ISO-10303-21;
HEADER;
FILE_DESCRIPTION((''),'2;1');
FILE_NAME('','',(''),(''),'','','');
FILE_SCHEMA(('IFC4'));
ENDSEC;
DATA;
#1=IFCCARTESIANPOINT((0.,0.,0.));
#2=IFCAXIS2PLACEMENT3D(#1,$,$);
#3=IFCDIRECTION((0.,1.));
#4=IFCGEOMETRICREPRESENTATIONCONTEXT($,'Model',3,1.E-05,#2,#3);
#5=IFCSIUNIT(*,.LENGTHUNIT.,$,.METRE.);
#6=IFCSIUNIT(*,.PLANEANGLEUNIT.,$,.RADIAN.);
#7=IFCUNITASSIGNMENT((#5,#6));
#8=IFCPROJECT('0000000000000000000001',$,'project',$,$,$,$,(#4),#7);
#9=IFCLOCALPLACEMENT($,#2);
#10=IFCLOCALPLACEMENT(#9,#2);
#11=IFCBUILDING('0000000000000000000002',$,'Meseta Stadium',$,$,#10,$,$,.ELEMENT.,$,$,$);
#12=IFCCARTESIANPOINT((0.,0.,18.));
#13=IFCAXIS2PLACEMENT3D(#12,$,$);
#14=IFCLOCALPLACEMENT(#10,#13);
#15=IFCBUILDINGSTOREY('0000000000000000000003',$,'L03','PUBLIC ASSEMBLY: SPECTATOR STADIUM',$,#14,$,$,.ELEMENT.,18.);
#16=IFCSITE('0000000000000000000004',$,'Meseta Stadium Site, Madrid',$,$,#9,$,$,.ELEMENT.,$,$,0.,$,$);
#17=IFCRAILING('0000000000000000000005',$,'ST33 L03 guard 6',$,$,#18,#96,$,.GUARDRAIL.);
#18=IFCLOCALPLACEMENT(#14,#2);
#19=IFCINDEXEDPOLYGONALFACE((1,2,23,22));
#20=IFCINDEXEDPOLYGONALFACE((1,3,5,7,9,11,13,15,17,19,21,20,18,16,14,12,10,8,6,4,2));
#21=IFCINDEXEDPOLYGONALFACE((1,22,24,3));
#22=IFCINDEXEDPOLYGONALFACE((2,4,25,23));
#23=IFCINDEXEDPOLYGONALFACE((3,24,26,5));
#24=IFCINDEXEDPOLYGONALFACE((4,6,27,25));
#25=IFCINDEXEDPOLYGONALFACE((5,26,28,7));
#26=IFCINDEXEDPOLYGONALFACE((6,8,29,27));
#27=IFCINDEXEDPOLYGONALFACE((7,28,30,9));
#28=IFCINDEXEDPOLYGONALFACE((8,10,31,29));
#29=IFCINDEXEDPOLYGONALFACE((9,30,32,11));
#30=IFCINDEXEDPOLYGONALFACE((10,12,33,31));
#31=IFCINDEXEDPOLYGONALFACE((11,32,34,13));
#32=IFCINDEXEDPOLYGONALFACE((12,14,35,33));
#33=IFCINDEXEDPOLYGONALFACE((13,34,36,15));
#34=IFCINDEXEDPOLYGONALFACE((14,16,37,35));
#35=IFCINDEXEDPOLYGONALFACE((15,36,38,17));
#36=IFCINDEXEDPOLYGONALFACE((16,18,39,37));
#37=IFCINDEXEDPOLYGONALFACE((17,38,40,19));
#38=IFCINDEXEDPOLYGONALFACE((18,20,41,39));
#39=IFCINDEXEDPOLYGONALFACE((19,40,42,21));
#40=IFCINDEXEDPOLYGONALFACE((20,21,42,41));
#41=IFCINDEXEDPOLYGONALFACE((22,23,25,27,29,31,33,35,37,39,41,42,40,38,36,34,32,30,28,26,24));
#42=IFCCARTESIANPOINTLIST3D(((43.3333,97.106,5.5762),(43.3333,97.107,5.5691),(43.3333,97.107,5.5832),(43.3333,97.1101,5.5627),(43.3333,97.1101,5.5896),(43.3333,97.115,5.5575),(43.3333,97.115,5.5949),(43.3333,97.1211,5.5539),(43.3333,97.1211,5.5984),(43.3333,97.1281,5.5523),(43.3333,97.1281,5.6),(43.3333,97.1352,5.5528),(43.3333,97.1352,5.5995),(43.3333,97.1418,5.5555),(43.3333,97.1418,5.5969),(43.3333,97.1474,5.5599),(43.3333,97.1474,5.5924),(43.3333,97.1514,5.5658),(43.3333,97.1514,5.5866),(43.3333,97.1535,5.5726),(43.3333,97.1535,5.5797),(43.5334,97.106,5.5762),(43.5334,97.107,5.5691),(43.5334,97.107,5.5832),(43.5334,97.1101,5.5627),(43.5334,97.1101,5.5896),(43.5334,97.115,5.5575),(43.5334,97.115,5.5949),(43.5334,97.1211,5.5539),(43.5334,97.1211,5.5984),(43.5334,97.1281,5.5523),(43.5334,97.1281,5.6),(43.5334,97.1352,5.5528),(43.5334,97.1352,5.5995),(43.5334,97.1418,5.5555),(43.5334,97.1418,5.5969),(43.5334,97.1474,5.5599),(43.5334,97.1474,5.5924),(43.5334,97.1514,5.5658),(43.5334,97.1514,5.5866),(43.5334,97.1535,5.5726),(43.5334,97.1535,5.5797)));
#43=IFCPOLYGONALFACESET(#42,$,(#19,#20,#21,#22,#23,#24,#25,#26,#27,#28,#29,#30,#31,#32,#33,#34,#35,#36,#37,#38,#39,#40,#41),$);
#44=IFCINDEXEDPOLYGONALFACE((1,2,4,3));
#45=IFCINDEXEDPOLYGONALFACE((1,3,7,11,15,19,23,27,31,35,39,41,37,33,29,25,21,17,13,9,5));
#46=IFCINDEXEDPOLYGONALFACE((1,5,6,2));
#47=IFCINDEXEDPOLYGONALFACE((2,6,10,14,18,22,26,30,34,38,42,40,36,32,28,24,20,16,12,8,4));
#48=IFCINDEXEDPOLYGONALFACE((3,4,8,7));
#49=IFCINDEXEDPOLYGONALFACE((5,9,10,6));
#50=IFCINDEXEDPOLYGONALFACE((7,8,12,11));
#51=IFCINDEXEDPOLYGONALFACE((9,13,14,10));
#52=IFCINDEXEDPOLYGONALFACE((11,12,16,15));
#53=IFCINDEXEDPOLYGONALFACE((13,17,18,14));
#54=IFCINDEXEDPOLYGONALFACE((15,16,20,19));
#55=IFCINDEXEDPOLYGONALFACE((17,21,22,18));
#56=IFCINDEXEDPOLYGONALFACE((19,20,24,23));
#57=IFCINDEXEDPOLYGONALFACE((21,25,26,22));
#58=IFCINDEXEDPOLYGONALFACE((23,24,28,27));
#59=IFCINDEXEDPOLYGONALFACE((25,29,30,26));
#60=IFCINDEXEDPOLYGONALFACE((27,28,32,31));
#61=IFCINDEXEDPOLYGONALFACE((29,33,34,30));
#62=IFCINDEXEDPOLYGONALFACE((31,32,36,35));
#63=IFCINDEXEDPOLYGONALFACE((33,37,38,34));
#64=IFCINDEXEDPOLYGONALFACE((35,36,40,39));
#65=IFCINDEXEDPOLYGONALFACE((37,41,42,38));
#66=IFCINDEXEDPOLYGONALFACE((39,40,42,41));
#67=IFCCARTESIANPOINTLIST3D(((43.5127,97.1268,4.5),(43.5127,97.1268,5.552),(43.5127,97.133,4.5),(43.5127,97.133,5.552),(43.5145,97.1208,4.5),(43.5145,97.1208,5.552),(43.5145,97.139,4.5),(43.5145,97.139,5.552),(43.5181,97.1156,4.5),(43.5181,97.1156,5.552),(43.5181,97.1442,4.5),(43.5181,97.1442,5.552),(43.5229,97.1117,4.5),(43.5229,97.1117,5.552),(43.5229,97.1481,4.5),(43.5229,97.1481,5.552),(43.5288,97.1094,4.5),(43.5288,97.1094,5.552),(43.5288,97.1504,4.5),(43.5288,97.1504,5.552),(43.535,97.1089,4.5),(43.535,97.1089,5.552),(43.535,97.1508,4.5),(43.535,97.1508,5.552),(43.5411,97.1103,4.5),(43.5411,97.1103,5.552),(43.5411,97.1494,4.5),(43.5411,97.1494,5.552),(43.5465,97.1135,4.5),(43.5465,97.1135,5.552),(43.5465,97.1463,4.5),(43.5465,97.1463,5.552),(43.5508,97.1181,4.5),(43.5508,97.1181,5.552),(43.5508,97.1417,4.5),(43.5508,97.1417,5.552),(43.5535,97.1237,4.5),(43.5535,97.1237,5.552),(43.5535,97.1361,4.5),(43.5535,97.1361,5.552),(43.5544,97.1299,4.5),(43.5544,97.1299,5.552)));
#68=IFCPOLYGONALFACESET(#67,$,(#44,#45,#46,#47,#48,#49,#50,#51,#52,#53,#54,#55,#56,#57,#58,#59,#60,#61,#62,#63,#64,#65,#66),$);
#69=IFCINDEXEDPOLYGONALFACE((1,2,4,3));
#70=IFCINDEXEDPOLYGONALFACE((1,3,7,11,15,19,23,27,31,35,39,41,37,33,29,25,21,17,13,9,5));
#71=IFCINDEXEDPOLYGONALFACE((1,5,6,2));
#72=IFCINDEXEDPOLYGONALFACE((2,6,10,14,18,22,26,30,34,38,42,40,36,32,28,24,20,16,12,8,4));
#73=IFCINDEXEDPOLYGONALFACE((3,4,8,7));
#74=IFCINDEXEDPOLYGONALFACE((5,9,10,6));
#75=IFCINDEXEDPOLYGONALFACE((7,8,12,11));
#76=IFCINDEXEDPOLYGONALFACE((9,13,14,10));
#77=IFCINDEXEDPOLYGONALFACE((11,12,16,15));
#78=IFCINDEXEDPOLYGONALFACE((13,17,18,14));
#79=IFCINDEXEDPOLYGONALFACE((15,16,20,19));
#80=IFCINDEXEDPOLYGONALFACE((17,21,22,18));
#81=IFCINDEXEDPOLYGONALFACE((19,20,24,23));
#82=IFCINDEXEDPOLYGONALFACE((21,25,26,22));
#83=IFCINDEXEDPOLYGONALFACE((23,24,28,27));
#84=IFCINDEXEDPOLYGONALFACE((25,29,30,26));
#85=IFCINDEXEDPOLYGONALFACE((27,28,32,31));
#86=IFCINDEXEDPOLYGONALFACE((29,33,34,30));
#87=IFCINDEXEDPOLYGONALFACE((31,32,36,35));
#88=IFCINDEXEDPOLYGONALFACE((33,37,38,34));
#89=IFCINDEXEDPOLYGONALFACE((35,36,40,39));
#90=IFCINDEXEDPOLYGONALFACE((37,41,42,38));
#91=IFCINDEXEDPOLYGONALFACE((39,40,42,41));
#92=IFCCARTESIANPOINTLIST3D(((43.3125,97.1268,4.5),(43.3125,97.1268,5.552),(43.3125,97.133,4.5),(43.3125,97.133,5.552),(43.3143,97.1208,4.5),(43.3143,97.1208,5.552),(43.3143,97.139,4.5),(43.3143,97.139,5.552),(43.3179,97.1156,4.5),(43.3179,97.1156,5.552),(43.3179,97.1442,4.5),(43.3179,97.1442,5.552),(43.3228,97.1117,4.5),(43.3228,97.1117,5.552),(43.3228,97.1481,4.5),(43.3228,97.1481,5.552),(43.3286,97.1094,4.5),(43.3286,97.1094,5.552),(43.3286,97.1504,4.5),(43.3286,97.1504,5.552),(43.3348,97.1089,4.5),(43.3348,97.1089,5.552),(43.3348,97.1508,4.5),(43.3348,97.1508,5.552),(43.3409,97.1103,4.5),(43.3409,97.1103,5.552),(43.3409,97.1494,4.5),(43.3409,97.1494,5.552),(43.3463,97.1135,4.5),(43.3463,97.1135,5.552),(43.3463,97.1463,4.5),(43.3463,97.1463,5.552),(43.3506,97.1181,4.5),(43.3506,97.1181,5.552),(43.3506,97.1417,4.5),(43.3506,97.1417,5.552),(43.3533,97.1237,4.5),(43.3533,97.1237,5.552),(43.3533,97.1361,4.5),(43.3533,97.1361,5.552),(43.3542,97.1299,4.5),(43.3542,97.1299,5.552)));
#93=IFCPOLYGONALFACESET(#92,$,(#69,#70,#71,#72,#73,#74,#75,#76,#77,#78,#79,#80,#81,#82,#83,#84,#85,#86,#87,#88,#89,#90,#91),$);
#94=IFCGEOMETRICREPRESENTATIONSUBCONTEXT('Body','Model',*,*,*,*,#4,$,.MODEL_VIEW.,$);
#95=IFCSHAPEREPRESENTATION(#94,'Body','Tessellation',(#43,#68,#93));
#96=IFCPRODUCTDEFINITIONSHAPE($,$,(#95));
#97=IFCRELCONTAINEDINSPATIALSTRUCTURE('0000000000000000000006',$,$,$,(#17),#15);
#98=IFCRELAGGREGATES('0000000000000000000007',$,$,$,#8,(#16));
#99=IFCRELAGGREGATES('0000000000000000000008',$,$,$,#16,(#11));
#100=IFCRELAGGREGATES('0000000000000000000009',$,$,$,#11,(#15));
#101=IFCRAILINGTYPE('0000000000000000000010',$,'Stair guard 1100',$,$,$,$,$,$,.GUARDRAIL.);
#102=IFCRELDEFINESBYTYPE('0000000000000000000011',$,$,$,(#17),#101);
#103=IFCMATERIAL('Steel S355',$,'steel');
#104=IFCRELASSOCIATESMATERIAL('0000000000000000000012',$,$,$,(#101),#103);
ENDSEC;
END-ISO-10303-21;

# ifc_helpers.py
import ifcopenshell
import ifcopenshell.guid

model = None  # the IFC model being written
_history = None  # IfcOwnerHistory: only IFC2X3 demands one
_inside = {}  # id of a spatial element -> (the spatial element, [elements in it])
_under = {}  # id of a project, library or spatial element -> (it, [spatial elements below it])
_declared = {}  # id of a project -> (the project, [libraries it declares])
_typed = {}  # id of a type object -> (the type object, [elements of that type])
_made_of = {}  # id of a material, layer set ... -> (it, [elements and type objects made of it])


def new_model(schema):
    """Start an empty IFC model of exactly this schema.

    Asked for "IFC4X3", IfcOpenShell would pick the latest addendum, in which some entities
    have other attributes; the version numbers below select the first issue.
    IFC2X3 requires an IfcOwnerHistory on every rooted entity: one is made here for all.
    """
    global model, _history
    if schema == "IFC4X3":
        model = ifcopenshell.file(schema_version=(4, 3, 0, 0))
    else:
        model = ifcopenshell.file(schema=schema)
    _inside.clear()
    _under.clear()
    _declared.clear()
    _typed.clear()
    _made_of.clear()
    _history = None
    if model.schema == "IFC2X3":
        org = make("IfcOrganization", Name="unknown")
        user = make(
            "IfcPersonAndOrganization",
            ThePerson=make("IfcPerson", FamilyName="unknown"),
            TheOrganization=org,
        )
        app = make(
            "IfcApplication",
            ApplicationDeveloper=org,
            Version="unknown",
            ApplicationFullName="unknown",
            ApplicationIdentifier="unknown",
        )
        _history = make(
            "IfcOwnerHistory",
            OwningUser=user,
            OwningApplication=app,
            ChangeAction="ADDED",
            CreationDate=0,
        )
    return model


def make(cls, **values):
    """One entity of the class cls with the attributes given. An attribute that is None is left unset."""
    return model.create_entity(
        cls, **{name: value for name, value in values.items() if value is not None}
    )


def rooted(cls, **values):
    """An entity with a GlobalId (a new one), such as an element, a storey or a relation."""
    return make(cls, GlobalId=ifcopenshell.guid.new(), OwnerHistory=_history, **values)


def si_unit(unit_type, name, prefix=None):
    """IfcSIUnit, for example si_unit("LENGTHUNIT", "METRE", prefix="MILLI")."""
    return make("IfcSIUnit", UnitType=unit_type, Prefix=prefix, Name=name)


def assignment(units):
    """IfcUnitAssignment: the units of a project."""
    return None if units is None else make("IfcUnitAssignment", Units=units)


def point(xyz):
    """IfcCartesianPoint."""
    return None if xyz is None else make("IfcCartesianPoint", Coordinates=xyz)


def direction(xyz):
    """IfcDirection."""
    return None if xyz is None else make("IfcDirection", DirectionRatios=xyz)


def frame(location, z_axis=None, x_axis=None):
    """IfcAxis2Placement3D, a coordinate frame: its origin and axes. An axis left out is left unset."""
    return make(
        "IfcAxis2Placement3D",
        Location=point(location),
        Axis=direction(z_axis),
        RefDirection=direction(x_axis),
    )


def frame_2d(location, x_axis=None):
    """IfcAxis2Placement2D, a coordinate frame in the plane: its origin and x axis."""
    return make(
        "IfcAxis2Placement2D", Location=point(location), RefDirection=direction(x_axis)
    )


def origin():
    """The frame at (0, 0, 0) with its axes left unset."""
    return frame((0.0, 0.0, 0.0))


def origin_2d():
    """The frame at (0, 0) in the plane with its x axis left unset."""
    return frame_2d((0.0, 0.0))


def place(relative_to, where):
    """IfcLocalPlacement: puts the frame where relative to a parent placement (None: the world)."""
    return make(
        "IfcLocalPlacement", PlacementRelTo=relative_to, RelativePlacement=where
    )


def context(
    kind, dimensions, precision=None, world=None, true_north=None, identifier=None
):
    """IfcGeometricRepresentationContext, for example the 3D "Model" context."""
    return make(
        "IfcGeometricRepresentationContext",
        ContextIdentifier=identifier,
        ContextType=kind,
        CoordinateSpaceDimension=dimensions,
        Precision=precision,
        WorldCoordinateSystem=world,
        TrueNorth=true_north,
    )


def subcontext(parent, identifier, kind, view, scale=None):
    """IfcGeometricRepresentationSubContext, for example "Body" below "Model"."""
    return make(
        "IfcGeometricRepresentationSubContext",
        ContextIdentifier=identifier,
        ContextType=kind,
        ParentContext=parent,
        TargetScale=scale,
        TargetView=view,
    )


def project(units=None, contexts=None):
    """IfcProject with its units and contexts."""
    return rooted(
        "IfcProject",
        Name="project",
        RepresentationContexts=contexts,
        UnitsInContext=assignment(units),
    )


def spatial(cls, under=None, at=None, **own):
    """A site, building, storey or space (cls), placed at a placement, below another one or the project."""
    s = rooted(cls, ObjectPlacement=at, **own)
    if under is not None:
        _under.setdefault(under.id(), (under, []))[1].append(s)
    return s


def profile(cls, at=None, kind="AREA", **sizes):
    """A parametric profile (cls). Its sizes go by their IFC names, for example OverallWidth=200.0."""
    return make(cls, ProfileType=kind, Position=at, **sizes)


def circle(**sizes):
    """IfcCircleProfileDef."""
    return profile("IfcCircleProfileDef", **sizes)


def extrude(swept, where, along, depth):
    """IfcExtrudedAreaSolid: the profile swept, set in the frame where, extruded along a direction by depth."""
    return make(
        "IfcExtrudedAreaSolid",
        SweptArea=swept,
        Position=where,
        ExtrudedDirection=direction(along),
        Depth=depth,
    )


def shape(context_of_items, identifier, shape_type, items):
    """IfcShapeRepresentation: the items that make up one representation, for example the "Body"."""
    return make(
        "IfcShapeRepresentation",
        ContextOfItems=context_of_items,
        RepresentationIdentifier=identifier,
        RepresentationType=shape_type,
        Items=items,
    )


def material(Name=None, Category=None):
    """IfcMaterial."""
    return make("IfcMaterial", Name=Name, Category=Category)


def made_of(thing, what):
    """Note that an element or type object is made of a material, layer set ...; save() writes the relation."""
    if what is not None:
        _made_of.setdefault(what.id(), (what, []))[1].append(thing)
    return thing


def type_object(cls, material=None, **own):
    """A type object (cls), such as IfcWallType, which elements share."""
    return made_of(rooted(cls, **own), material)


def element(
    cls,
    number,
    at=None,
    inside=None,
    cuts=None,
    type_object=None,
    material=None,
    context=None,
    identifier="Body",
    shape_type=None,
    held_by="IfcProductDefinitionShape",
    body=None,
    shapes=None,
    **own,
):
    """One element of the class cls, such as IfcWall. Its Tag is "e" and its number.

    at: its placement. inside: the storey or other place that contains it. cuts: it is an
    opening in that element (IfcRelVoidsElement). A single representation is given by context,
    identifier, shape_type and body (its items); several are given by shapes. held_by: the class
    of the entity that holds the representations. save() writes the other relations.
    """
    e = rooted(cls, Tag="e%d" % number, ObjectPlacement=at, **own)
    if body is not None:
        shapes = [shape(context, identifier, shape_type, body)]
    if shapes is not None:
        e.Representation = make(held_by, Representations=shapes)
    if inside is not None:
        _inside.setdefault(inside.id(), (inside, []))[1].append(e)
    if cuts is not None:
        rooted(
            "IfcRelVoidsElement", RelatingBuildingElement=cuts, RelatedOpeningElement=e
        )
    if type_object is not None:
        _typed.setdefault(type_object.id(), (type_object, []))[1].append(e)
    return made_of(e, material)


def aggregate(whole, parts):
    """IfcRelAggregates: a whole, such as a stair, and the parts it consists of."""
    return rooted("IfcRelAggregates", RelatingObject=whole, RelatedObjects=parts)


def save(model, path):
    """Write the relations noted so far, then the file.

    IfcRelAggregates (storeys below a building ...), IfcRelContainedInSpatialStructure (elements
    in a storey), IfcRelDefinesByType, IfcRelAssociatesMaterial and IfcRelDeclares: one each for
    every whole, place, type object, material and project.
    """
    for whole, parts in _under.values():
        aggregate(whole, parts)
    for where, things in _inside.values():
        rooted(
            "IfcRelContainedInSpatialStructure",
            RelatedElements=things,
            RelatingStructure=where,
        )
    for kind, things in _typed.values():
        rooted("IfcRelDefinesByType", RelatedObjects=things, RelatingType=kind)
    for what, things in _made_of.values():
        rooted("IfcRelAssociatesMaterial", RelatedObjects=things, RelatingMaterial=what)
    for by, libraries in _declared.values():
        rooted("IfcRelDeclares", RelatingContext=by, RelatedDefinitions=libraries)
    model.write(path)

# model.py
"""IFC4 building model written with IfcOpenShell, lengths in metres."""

from ifc_helpers import new_model, si_unit, direction, frame, origin, origin_2d, place, context, subcontext, project, spatial, circle, extrude, material, type_object, element, save


model = new_model("IFC4")

# Units and contexts
model_context = context("Model", 3, precision=1e-05, world=origin(), true_north=direction((0.0, 1.0)))
body_context = subcontext(model_context, "Body", "Model", "MODEL_VIEW")
ifc_project = project(units=[si_unit("LENGTHUNIT", "METRE"), si_unit("PLANEANGLEUNIT", "RADIAN")], contexts=[model_context])

# Site, building, storey
site_placement = place(None, origin())
site = spatial("IfcSite", under=ifc_project, at=site_placement, Name="Meseta Stadium Site, Madrid", CompositionType="ELEMENT", RefElevation=0.0)
building_placement = place(site_placement, origin())
building = spatial("IfcBuilding", under=site, at=building_placement, Name="Meseta Stadium", CompositionType="ELEMENT")
storey_placement = place(building_placement, frame((0.0, 0.0, 18.0)))
storey = spatial("IfcBuildingStorey", under=building, at=storey_placement, Name="L03", Description="PUBLIC ASSEMBLY: SPECTATOR STADIUM", CompositionType="ELEMENT", Elevation=18.0)

# Railing
ifc_material_1 = material(Name="Steel S355", Category="steel")
railing_type_1 = type_object("IfcRailingType", Name="Stair guard 1100", PredefinedType="GUARDRAIL", material=ifc_material_1)
railing_1_placement = place(storey_placement, frame((43.5334, 97.1299, 4.5)))
element("IfcRailing", 1, at=railing_1_placement, inside=storey, type_object=railing_type_1, Name="ST33 L03 guard 6", PredefinedType="GUARDRAIL", context=body_context, shape_type="SweptSolid", body=[
    extrude(circle(Radius=0.0239, at=origin_2d()), frame((0.0, 0.0, 1.0762), z_axis=(-1.0, 0.0, 0.0), x_axis=(0.0, -1.0, 0.0)), (0.0, 0.0, 1.0), 0.2002),
    extrude(circle(Radius=0.021, at=origin_2d()), origin(), (0.0, 0.0, 1.0), 1.052),
    extrude(circle(Radius=0.021, at=origin_2d()), frame((-0.2002, 0.0, 0.0)), (0.0, 0.0, 1.0), 1.052),
])

save(model, "model.ifc")
